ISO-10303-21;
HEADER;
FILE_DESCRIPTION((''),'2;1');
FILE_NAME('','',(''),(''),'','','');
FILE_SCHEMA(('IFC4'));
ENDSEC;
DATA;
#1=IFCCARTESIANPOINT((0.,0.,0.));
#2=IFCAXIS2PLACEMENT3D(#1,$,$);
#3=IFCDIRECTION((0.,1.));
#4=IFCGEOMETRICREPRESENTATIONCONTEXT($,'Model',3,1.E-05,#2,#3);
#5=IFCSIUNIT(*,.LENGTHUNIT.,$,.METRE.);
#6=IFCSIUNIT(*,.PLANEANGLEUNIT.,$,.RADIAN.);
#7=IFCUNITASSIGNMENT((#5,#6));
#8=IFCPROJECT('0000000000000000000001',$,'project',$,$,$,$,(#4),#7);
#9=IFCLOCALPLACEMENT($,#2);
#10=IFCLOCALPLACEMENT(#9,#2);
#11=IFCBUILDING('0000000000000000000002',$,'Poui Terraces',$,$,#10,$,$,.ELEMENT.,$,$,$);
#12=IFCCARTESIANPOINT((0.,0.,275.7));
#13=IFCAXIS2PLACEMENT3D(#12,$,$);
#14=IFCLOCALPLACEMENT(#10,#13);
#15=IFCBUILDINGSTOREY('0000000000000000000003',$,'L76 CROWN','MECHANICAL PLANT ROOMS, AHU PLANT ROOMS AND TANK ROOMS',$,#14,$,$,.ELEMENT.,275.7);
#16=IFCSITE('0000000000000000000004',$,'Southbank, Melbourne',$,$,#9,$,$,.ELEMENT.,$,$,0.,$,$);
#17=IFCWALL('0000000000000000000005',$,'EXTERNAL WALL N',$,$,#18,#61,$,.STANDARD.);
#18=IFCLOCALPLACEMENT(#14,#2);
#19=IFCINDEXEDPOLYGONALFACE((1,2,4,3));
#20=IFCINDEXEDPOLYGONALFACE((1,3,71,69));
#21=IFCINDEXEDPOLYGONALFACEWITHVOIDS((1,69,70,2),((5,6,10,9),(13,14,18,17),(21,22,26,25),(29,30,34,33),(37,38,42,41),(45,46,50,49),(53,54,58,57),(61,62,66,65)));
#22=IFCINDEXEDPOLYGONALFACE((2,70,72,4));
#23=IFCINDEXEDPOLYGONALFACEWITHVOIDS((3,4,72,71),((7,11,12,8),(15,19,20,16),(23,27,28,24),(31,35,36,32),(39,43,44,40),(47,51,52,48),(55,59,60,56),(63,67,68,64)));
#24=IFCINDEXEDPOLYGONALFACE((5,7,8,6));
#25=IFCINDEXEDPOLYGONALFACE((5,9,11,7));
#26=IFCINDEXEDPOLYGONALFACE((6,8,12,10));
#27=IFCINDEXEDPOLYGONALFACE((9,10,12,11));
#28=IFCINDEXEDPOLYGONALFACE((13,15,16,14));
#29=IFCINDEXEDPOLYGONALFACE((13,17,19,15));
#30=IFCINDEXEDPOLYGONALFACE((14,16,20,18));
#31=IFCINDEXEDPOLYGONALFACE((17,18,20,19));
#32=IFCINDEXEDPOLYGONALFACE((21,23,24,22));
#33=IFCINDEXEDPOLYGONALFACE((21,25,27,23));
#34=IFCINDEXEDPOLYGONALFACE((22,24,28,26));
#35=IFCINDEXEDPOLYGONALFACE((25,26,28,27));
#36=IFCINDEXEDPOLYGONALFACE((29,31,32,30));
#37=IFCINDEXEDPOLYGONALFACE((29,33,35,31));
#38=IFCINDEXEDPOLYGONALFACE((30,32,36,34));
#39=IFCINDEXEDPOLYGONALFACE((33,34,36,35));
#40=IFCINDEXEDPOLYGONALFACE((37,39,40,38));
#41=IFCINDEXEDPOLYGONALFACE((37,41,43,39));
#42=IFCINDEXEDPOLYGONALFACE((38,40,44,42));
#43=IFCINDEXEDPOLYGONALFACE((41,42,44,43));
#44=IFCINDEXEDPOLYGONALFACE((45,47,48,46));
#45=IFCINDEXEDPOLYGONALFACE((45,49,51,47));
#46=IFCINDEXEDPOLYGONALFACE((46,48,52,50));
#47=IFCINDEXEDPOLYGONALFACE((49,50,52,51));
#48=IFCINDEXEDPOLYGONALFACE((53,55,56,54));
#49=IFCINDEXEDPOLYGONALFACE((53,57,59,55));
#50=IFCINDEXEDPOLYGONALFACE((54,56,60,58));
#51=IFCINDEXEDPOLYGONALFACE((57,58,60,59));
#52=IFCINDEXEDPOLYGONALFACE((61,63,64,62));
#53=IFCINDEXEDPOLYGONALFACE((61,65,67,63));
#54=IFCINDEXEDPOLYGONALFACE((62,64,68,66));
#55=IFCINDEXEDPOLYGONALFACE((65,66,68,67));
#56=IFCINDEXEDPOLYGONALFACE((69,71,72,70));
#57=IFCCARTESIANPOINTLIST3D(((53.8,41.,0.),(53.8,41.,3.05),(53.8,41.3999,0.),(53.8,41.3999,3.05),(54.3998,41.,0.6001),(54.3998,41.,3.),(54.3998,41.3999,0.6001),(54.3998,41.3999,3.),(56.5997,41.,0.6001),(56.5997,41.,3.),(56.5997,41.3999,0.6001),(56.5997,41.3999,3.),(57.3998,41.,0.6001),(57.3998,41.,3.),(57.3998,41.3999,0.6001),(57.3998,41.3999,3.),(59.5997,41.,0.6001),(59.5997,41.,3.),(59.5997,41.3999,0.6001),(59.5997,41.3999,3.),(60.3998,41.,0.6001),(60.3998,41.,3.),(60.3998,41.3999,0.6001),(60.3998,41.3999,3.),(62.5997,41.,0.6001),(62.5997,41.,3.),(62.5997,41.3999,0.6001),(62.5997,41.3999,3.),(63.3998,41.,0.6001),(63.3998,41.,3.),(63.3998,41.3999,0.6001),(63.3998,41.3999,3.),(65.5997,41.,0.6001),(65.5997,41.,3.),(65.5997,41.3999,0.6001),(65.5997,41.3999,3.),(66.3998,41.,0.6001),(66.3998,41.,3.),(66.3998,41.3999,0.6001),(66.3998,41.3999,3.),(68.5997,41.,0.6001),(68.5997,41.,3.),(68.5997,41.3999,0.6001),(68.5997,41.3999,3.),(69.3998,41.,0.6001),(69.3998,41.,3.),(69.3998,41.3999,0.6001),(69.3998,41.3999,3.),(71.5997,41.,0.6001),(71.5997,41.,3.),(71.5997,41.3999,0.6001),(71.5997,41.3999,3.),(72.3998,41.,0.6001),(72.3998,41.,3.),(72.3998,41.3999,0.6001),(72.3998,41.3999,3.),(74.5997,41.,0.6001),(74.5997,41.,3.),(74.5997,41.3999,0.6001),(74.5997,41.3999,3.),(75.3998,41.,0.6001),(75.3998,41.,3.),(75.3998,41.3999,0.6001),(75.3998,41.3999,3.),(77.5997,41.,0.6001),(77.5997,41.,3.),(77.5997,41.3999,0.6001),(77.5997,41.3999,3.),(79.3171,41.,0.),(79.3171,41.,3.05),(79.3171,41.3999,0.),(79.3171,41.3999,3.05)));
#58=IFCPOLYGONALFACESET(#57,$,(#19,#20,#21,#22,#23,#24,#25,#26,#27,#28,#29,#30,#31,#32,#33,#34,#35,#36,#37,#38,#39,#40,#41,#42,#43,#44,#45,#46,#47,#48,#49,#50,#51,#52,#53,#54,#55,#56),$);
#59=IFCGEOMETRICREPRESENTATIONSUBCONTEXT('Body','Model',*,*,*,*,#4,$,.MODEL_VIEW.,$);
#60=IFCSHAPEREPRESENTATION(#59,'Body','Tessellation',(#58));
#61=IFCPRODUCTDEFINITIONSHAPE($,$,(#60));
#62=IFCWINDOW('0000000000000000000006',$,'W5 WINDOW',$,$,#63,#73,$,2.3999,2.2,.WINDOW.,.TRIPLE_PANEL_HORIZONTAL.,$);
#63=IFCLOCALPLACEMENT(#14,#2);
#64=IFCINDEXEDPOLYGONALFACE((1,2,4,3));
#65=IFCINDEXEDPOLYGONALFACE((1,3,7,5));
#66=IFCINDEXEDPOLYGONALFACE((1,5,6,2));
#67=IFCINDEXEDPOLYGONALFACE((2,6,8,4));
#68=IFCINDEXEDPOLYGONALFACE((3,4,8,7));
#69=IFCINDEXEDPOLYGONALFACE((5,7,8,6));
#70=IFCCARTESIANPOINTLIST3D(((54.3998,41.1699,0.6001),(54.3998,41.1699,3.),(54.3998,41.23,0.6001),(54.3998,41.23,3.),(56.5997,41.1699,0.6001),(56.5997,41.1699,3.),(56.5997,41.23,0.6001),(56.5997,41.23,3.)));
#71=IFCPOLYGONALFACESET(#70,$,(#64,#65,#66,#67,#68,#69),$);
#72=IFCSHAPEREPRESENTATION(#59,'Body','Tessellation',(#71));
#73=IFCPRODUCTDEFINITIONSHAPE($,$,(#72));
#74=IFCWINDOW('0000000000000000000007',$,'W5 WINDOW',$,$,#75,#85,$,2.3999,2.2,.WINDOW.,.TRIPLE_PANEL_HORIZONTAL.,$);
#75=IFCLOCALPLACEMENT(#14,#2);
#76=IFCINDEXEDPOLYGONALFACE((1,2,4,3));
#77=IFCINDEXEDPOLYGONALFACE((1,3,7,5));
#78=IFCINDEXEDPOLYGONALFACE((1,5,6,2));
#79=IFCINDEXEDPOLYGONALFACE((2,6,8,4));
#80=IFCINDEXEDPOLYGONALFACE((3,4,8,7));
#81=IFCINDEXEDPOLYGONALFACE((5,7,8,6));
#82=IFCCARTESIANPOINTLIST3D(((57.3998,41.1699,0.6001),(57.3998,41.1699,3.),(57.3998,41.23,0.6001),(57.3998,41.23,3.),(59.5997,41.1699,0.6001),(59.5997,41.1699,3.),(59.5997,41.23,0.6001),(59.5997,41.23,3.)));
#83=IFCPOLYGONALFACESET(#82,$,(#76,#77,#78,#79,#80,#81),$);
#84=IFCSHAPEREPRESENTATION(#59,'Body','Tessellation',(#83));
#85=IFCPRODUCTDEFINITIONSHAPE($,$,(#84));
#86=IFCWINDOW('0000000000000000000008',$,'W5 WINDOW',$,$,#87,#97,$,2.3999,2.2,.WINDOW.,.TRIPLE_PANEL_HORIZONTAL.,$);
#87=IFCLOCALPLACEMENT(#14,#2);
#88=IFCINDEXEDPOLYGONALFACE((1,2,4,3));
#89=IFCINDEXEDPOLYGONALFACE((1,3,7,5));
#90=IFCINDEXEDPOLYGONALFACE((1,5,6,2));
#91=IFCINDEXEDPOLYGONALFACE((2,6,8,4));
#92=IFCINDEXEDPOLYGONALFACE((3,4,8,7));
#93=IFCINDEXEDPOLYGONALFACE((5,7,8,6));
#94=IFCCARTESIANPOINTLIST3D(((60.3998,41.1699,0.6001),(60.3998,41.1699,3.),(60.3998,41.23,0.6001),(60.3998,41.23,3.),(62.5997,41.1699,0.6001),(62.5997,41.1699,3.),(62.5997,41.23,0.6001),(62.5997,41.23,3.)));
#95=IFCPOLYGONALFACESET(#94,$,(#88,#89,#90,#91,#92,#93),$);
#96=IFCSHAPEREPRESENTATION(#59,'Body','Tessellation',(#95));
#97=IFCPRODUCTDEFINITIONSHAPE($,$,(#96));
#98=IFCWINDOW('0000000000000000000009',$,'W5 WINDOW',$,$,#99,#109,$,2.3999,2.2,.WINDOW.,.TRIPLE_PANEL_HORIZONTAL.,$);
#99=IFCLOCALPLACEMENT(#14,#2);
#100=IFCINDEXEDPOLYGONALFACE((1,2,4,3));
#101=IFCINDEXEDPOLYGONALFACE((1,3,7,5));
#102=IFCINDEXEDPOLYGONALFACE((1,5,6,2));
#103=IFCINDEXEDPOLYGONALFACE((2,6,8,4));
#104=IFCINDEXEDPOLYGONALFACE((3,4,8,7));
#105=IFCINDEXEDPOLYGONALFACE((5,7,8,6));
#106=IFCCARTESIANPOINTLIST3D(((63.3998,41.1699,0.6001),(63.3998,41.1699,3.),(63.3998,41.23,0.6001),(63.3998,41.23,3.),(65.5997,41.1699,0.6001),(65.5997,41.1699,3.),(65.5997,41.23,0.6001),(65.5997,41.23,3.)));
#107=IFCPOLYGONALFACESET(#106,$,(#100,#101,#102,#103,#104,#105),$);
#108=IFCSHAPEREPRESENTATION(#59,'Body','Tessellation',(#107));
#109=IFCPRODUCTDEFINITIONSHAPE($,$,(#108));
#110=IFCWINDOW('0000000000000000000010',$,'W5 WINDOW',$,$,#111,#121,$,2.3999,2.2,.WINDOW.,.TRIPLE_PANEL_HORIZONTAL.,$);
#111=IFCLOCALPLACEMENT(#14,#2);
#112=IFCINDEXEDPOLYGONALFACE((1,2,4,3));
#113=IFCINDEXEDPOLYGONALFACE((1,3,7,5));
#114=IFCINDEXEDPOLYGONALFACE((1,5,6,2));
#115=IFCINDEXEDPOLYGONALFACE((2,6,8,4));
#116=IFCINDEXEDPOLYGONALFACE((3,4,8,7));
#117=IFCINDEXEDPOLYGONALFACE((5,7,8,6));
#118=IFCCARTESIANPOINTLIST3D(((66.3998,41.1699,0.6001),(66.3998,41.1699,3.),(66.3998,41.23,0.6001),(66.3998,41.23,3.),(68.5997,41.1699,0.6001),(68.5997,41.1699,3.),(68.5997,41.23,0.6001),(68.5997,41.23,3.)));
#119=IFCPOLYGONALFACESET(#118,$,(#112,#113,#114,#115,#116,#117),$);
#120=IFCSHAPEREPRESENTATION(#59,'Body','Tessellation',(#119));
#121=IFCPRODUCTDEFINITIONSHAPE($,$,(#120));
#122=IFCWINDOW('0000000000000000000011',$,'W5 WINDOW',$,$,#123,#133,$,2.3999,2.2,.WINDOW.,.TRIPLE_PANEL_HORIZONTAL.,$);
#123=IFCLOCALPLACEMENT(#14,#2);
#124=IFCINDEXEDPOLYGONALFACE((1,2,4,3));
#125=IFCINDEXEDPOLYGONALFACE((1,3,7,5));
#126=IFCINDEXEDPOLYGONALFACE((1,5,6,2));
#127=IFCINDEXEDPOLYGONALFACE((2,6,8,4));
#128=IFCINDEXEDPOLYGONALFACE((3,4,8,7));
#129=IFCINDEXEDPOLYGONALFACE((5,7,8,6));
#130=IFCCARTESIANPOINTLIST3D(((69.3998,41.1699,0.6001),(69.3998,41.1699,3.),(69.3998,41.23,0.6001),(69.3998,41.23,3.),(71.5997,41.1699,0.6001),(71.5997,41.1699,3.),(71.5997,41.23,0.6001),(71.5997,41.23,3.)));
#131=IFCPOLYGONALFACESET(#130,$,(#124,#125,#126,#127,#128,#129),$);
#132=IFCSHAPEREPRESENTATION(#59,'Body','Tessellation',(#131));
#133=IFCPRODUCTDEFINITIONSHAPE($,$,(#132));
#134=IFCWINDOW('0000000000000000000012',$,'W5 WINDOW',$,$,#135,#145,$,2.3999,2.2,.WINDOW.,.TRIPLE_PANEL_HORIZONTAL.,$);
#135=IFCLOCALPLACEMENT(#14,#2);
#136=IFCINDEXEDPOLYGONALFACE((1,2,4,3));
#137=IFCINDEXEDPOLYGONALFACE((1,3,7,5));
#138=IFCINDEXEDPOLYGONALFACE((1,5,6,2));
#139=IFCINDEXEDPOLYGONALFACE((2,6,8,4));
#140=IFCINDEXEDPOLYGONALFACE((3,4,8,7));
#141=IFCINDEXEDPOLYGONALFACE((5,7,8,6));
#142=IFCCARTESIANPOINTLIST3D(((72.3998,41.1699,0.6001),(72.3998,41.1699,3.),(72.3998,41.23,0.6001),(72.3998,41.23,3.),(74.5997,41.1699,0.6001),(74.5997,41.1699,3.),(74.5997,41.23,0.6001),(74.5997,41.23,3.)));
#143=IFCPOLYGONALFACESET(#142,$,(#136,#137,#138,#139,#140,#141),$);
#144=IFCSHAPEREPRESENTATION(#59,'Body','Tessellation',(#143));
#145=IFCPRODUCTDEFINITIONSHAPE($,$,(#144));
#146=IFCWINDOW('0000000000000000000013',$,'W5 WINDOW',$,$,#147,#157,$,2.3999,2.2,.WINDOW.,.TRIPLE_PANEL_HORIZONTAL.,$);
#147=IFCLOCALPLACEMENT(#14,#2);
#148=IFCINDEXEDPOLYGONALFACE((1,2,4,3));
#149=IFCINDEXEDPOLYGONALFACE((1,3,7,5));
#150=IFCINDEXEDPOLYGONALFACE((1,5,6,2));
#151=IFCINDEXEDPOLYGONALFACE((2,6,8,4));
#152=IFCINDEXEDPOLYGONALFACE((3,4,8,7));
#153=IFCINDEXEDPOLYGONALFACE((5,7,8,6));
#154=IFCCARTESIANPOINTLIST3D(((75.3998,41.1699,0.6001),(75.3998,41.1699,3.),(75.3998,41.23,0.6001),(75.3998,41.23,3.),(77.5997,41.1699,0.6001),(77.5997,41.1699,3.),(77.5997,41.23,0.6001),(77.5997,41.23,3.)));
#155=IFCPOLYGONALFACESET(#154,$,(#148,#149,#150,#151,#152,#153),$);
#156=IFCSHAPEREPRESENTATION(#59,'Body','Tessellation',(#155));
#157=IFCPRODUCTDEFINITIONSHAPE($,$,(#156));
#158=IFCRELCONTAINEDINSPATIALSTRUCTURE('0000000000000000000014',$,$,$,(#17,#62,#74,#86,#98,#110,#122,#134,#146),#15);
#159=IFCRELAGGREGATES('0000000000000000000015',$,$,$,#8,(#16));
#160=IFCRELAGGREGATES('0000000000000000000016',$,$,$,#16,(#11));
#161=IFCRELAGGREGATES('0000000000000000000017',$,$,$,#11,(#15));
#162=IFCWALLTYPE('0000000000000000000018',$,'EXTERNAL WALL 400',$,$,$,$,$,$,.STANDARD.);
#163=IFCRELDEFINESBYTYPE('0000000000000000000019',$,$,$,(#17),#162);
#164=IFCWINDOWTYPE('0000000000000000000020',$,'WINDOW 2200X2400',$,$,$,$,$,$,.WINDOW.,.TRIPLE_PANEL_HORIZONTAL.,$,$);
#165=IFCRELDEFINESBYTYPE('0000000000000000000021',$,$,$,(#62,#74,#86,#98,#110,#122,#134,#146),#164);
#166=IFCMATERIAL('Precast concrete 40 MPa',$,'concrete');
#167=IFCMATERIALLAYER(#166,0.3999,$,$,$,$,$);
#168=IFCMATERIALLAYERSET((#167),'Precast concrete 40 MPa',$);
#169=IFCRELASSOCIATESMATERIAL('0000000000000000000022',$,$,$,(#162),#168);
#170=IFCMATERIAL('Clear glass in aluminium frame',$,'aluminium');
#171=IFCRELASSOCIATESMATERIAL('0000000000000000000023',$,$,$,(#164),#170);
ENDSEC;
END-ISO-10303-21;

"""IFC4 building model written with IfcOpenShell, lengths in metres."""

from ifc_helpers import new_model, si_unit, direction, frame, frame_2d, origin, place, context, subcontext, project, spatial, rectangle, extrude, material, layer, layer_set, type_object, element, fill, save


model = new_model("IFC4")

# Units and contexts
model_context = context("Model", 3, precision=1e-05, world=origin(), true_north=direction((0.0, 1.0)))
body_context = subcontext(model_context, "Body", "Model", "MODEL_VIEW")
ifc_project = project(units=[si_unit("LENGTHUNIT", "METRE"), si_unit("PLANEANGLEUNIT", "RADIAN")], contexts=[model_context])

# Site, building, storey
site_placement = place(None, origin())
site = spatial("IfcSite", under=ifc_project, at=site_placement, Name="Southbank, Melbourne", CompositionType="ELEMENT", RefElevation=0.0)
building_placement = place(site_placement, origin())
building = spatial("IfcBuilding", under=site, at=building_placement, Name="Poui Terraces", CompositionType="ELEMENT")
storey_placement = place(building_placement, frame((0.0, 0.0, 275.7)))
storey = spatial("IfcBuildingStorey", under=building, at=storey_placement, Name="L76 CROWN", Description="MECHANICAL PLANT ROOMS, AHU PLANT ROOMS AND TANK ROOMS", CompositionType="ELEMENT", Elevation=275.7)

# Wall, openings, windows
ifc_material_1 = material(Name="Precast concrete 40 MPa", Category="concrete")
ifc_layer_1 = layer(ifc_material_1, 0.3999)
ifc_layer_set_1 = layer_set([ifc_layer_1], Name="Precast concrete 40 MPa")
wall_type_1 = type_object("IfcWallType", Name="EXTERNAL WALL 400", PredefinedType="STANDARD", material=ifc_layer_set_1)
wall_1_placement = place(storey_placement, frame((79.3171, 41.2, 0.0), z_axis=(0.0, 0.0, 1.0), x_axis=(-1.0, 0.0, 0.0)))
wall_1 = element("IfcWall", 1, at=wall_1_placement, inside=storey, type_object=wall_type_1, Name="EXTERNAL WALL N", PredefinedType="STANDARD", context=body_context, shape_type="SweptSolid", body=[
    extrude(rectangle(XDim=25.5171, YDim=0.3999, at=frame_2d((12.7585, 0.0))), origin(), (0.0, 0.0, 1.0), 3.05),
])
opening_1_placement = place(wall_1_placement, frame((22.7173, 0.0, 0.6001)))
opening_1 = element("IfcOpeningElement", 2, at=opening_1_placement, cuts=wall_1, PredefinedType="OPENING", context=body_context, shape_type="SweptSolid", body=[
    extrude(rectangle(XDim=2.2, YDim=2.3999, at=frame_2d((1.1001, 1.2))), frame((0.0, 0.21, 0.0), z_axis=(0.0, -1.0, 0.0), x_axis=(1.0, 0.0, 0.0)), (0.0, 0.0, 1.0), 0.4199),
])
opening_2_placement = place(wall_1_placement, frame((19.7173, 0.0, 0.6001)))
opening_2 = element("IfcOpeningElement", 3, at=opening_2_placement, cuts=wall_1, PredefinedType="OPENING", context=body_context, shape_type="SweptSolid", body=[
    extrude(rectangle(XDim=2.2, YDim=2.3999, at=frame_2d((1.1001, 1.2))), frame((0.0, 0.21, 0.0), z_axis=(0.0, -1.0, 0.0), x_axis=(1.0, 0.0, 0.0)), (0.0, 0.0, 1.0), 0.4199),
])
opening_3_placement = place(wall_1_placement, frame((16.7173, 0.0, 0.6001)))
opening_3 = element("IfcOpeningElement", 4, at=opening_3_placement, cuts=wall_1, PredefinedType="OPENING", context=body_context, shape_type="SweptSolid", body=[
    extrude(rectangle(XDim=2.2, YDim=2.3999, at=frame_2d((1.1001, 1.2))), frame((0.0, 0.21, 0.0), z_axis=(0.0, -1.0, 0.0), x_axis=(1.0, 0.0, 0.0)), (0.0, 0.0, 1.0), 0.4199),
])
opening_4_placement = place(wall_1_placement, frame((13.7173, 0.0, 0.6001)))
opening_4 = element("IfcOpeningElement", 5, at=opening_4_placement, cuts=wall_1, PredefinedType="OPENING", context=body_context, shape_type="SweptSolid", body=[
    extrude(rectangle(XDim=2.2, YDim=2.3999, at=frame_2d((1.1001, 1.2))), frame((0.0, 0.21, 0.0), z_axis=(0.0, -1.0, 0.0), x_axis=(1.0, 0.0, 0.0)), (0.0, 0.0, 1.0), 0.4199),
])
opening_5_placement = place(wall_1_placement, frame((10.7173, 0.0, 0.6001)))
opening_5 = element("IfcOpeningElement", 6, at=opening_5_placement, cuts=wall_1, PredefinedType="OPENING", context=body_context, shape_type="SweptSolid", body=[
    extrude(rectangle(XDim=2.2, YDim=2.3999, at=frame_2d((1.1001, 1.2))), frame((0.0, 0.21, 0.0), z_axis=(0.0, -1.0, 0.0), x_axis=(1.0, 0.0, 0.0)), (0.0, 0.0, 1.0), 0.4199),
])
opening_6_placement = place(wall_1_placement, frame((7.7173, 0.0, 0.6001)))
opening_6 = element("IfcOpeningElement", 7, at=opening_6_placement, cuts=wall_1, PredefinedType="OPENING", context=body_context, shape_type="SweptSolid", body=[
    extrude(rectangle(XDim=2.2, YDim=2.3999, at=frame_2d((1.1001, 1.2))), frame((0.0, 0.21, 0.0), z_axis=(0.0, -1.0, 0.0), x_axis=(1.0, 0.0, 0.0)), (0.0, 0.0, 1.0), 0.4199),
])
opening_7_placement = place(wall_1_placement, frame((4.7173, 0.0, 0.6001)))
opening_7 = element("IfcOpeningElement", 8, at=opening_7_placement, cuts=wall_1, PredefinedType="OPENING", context=body_context, shape_type="SweptSolid", body=[
    extrude(rectangle(XDim=2.2, YDim=2.3999, at=frame_2d((1.1001, 1.2))), frame((0.0, 0.21, 0.0), z_axis=(0.0, -1.0, 0.0), x_axis=(1.0, 0.0, 0.0)), (0.0, 0.0, 1.0), 0.4199),
])
opening_8_placement = place(wall_1_placement, frame((1.7173, 0.0, 0.6001)))
opening_8 = element("IfcOpeningElement", 9, at=opening_8_placement, cuts=wall_1, PredefinedType="OPENING", context=body_context, shape_type="SweptSolid", body=[
    extrude(rectangle(XDim=2.2, YDim=2.3999, at=frame_2d((1.1001, 1.2))), frame((0.0, 0.21, 0.0), z_axis=(0.0, -1.0, 0.0), x_axis=(1.0, 0.0, 0.0)), (0.0, 0.0, 1.0), 0.4199),
])
ifc_material_2 = material(Name="Clear glass in aluminium frame", Category="aluminium")
window_type = type_object("IfcWindowType", Name="WINDOW 2200X2400", PartitioningType="TRIPLE_PANEL_HORIZONTAL", PredefinedType="WINDOW", material=ifc_material_2)
window_1_placement = place(opening_1_placement, origin())
window_1 = element("IfcWindow", 10, at=window_1_placement, inside=storey, type_object=window_type, Name="W5 WINDOW", OverallHeight=2.3999, OverallWidth=2.2, PartitioningType="TRIPLE_PANEL_HORIZONTAL", PredefinedType="WINDOW", context=body_context, shape_type="SweptSolid", body=[
    extrude(rectangle(XDim=2.2, YDim=2.3999, at=frame_2d((1.1001, 1.2))), frame((0.0, 0.03, 0.0), z_axis=(0.0, -1.0, 0.0), x_axis=(1.0, 0.0, 0.0)), (0.0, 0.0, 1.0), 0.0601),
])
fill(opening_1, window_1)
window_2_placement = place(opening_2_placement, origin())
window_2 = element("IfcWindow", 11, at=window_2_placement, inside=storey, type_object=window_type, Name="W5 WINDOW", OverallHeight=2.3999, OverallWidth=2.2, PartitioningType="TRIPLE_PANEL_HORIZONTAL", PredefinedType="WINDOW", context=body_context, shape_type="SweptSolid", body=[
    extrude(rectangle(XDim=2.2, YDim=2.3999, at=frame_2d((1.1001, 1.2))), frame((0.0, 0.03, 0.0), z_axis=(0.0, -1.0, 0.0), x_axis=(1.0, 0.0, 0.0)), (0.0, 0.0, 1.0), 0.0601),
])
fill(opening_2, window_2)
window_3_placement = place(opening_3_placement, origin())
window_3 = element("IfcWindow", 12, at=window_3_placement, inside=storey, type_object=window_type, Name="W5 WINDOW", OverallHeight=2.3999, OverallWidth=2.2, PartitioningType="TRIPLE_PANEL_HORIZONTAL", PredefinedType="WINDOW", context=body_context, shape_type="SweptSolid", body=[
    extrude(rectangle(XDim=2.2, YDim=2.3999, at=frame_2d((1.1001, 1.2))), frame((0.0, 0.03, 0.0), z_axis=(0.0, -1.0, 0.0), x_axis=(1.0, 0.0, 0.0)), (0.0, 0.0, 1.0), 0.0601),
])
fill(opening_3, window_3)
window_4_placement = place(opening_4_placement, origin())
window_4 = element("IfcWindow", 13, at=window_4_placement, inside=storey, type_object=window_type, Name="W5 WINDOW", OverallHeight=2.3999, OverallWidth=2.2, PartitioningType="TRIPLE_PANEL_HORIZONTAL", PredefinedType="WINDOW", context=body_context, shape_type="SweptSolid", body=[
    extrude(rectangle(XDim=2.2, YDim=2.3999, at=frame_2d((1.1001, 1.2))), frame((0.0, 0.03, 0.0), z_axis=(0.0, -1.0, 0.0), x_axis=(1.0, 0.0, 0.0)), (0.0, 0.0, 1.0), 0.0601),
])
fill(opening_4, window_4)
window_5_placement = place(opening_5_placement, origin())
window_5 = element("IfcWindow", 14, at=window_5_placement, inside=storey, type_object=window_type, Name="W5 WINDOW", OverallHeight=2.3999, OverallWidth=2.2, PartitioningType="TRIPLE_PANEL_HORIZONTAL", PredefinedType="WINDOW", context=body_context, shape_type="SweptSolid", body=[
    extrude(rectangle(XDim=2.2, YDim=2.3999, at=frame_2d((1.1001, 1.2))), frame((0.0, 0.03, 0.0), z_axis=(0.0, -1.0, 0.0), x_axis=(1.0, 0.0, 0.0)), (0.0, 0.0, 1.0), 0.0601),
])
fill(opening_5, window_5)
window_6_placement = place(opening_6_placement, origin())
window_6 = element("IfcWindow", 15, at=window_6_placement, inside=storey, type_object=window_type, Name="W5 WINDOW", OverallHeight=2.3999, OverallWidth=2.2, PartitioningType="TRIPLE_PANEL_HORIZONTAL", PredefinedType="WINDOW", context=body_context, shape_type="SweptSolid", body=[
    extrude(rectangle(XDim=2.2, YDim=2.3999, at=frame_2d((1.1001, 1.2))), frame((0.0, 0.03, 0.0), z_axis=(0.0, -1.0, 0.0), x_axis=(1.0, 0.0, 0.0)), (0.0, 0.0, 1.0), 0.0601),
])
fill(opening_6, window_6)
window_7_placement = place(opening_7_placement, origin())
window_7 = element("IfcWindow", 16, at=window_7_placement, inside=storey, type_object=window_type, Name="W5 WINDOW", OverallHeight=2.3999, OverallWidth=2.2, PartitioningType="TRIPLE_PANEL_HORIZONTAL", PredefinedType="WINDOW", context=body_context, shape_type="SweptSolid", body=[
    extrude(rectangle(XDim=2.2, YDim=2.3999, at=frame_2d((1.1001, 1.2))), frame((0.0, 0.03, 0.0), z_axis=(0.0, -1.0, 0.0), x_axis=(1.0, 0.0, 0.0)), (0.0, 0.0, 1.0), 0.0601),
])
fill(opening_7, window_7)
window_8_placement = place(opening_8_placement, origin())
window_8 = element("IfcWindow", 17, at=window_8_placement, inside=storey, type_object=window_type, Name="W5 WINDOW", OverallHeight=2.3999, OverallWidth=2.2, PartitioningType="TRIPLE_PANEL_HORIZONTAL", PredefinedType="WINDOW", context=body_context, shape_type="SweptSolid", body=[
    extrude(rectangle(XDim=2.2, YDim=2.3999, at=frame_2d((1.1001, 1.2))), frame((0.0, 0.03, 0.0), z_axis=(0.0, -1.0, 0.0), x_axis=(1.0, 0.0, 0.0)), (0.0, 0.0, 1.0), 0.0601),
])
fill(opening_8, window_8)

save(model, "model.ifc")
